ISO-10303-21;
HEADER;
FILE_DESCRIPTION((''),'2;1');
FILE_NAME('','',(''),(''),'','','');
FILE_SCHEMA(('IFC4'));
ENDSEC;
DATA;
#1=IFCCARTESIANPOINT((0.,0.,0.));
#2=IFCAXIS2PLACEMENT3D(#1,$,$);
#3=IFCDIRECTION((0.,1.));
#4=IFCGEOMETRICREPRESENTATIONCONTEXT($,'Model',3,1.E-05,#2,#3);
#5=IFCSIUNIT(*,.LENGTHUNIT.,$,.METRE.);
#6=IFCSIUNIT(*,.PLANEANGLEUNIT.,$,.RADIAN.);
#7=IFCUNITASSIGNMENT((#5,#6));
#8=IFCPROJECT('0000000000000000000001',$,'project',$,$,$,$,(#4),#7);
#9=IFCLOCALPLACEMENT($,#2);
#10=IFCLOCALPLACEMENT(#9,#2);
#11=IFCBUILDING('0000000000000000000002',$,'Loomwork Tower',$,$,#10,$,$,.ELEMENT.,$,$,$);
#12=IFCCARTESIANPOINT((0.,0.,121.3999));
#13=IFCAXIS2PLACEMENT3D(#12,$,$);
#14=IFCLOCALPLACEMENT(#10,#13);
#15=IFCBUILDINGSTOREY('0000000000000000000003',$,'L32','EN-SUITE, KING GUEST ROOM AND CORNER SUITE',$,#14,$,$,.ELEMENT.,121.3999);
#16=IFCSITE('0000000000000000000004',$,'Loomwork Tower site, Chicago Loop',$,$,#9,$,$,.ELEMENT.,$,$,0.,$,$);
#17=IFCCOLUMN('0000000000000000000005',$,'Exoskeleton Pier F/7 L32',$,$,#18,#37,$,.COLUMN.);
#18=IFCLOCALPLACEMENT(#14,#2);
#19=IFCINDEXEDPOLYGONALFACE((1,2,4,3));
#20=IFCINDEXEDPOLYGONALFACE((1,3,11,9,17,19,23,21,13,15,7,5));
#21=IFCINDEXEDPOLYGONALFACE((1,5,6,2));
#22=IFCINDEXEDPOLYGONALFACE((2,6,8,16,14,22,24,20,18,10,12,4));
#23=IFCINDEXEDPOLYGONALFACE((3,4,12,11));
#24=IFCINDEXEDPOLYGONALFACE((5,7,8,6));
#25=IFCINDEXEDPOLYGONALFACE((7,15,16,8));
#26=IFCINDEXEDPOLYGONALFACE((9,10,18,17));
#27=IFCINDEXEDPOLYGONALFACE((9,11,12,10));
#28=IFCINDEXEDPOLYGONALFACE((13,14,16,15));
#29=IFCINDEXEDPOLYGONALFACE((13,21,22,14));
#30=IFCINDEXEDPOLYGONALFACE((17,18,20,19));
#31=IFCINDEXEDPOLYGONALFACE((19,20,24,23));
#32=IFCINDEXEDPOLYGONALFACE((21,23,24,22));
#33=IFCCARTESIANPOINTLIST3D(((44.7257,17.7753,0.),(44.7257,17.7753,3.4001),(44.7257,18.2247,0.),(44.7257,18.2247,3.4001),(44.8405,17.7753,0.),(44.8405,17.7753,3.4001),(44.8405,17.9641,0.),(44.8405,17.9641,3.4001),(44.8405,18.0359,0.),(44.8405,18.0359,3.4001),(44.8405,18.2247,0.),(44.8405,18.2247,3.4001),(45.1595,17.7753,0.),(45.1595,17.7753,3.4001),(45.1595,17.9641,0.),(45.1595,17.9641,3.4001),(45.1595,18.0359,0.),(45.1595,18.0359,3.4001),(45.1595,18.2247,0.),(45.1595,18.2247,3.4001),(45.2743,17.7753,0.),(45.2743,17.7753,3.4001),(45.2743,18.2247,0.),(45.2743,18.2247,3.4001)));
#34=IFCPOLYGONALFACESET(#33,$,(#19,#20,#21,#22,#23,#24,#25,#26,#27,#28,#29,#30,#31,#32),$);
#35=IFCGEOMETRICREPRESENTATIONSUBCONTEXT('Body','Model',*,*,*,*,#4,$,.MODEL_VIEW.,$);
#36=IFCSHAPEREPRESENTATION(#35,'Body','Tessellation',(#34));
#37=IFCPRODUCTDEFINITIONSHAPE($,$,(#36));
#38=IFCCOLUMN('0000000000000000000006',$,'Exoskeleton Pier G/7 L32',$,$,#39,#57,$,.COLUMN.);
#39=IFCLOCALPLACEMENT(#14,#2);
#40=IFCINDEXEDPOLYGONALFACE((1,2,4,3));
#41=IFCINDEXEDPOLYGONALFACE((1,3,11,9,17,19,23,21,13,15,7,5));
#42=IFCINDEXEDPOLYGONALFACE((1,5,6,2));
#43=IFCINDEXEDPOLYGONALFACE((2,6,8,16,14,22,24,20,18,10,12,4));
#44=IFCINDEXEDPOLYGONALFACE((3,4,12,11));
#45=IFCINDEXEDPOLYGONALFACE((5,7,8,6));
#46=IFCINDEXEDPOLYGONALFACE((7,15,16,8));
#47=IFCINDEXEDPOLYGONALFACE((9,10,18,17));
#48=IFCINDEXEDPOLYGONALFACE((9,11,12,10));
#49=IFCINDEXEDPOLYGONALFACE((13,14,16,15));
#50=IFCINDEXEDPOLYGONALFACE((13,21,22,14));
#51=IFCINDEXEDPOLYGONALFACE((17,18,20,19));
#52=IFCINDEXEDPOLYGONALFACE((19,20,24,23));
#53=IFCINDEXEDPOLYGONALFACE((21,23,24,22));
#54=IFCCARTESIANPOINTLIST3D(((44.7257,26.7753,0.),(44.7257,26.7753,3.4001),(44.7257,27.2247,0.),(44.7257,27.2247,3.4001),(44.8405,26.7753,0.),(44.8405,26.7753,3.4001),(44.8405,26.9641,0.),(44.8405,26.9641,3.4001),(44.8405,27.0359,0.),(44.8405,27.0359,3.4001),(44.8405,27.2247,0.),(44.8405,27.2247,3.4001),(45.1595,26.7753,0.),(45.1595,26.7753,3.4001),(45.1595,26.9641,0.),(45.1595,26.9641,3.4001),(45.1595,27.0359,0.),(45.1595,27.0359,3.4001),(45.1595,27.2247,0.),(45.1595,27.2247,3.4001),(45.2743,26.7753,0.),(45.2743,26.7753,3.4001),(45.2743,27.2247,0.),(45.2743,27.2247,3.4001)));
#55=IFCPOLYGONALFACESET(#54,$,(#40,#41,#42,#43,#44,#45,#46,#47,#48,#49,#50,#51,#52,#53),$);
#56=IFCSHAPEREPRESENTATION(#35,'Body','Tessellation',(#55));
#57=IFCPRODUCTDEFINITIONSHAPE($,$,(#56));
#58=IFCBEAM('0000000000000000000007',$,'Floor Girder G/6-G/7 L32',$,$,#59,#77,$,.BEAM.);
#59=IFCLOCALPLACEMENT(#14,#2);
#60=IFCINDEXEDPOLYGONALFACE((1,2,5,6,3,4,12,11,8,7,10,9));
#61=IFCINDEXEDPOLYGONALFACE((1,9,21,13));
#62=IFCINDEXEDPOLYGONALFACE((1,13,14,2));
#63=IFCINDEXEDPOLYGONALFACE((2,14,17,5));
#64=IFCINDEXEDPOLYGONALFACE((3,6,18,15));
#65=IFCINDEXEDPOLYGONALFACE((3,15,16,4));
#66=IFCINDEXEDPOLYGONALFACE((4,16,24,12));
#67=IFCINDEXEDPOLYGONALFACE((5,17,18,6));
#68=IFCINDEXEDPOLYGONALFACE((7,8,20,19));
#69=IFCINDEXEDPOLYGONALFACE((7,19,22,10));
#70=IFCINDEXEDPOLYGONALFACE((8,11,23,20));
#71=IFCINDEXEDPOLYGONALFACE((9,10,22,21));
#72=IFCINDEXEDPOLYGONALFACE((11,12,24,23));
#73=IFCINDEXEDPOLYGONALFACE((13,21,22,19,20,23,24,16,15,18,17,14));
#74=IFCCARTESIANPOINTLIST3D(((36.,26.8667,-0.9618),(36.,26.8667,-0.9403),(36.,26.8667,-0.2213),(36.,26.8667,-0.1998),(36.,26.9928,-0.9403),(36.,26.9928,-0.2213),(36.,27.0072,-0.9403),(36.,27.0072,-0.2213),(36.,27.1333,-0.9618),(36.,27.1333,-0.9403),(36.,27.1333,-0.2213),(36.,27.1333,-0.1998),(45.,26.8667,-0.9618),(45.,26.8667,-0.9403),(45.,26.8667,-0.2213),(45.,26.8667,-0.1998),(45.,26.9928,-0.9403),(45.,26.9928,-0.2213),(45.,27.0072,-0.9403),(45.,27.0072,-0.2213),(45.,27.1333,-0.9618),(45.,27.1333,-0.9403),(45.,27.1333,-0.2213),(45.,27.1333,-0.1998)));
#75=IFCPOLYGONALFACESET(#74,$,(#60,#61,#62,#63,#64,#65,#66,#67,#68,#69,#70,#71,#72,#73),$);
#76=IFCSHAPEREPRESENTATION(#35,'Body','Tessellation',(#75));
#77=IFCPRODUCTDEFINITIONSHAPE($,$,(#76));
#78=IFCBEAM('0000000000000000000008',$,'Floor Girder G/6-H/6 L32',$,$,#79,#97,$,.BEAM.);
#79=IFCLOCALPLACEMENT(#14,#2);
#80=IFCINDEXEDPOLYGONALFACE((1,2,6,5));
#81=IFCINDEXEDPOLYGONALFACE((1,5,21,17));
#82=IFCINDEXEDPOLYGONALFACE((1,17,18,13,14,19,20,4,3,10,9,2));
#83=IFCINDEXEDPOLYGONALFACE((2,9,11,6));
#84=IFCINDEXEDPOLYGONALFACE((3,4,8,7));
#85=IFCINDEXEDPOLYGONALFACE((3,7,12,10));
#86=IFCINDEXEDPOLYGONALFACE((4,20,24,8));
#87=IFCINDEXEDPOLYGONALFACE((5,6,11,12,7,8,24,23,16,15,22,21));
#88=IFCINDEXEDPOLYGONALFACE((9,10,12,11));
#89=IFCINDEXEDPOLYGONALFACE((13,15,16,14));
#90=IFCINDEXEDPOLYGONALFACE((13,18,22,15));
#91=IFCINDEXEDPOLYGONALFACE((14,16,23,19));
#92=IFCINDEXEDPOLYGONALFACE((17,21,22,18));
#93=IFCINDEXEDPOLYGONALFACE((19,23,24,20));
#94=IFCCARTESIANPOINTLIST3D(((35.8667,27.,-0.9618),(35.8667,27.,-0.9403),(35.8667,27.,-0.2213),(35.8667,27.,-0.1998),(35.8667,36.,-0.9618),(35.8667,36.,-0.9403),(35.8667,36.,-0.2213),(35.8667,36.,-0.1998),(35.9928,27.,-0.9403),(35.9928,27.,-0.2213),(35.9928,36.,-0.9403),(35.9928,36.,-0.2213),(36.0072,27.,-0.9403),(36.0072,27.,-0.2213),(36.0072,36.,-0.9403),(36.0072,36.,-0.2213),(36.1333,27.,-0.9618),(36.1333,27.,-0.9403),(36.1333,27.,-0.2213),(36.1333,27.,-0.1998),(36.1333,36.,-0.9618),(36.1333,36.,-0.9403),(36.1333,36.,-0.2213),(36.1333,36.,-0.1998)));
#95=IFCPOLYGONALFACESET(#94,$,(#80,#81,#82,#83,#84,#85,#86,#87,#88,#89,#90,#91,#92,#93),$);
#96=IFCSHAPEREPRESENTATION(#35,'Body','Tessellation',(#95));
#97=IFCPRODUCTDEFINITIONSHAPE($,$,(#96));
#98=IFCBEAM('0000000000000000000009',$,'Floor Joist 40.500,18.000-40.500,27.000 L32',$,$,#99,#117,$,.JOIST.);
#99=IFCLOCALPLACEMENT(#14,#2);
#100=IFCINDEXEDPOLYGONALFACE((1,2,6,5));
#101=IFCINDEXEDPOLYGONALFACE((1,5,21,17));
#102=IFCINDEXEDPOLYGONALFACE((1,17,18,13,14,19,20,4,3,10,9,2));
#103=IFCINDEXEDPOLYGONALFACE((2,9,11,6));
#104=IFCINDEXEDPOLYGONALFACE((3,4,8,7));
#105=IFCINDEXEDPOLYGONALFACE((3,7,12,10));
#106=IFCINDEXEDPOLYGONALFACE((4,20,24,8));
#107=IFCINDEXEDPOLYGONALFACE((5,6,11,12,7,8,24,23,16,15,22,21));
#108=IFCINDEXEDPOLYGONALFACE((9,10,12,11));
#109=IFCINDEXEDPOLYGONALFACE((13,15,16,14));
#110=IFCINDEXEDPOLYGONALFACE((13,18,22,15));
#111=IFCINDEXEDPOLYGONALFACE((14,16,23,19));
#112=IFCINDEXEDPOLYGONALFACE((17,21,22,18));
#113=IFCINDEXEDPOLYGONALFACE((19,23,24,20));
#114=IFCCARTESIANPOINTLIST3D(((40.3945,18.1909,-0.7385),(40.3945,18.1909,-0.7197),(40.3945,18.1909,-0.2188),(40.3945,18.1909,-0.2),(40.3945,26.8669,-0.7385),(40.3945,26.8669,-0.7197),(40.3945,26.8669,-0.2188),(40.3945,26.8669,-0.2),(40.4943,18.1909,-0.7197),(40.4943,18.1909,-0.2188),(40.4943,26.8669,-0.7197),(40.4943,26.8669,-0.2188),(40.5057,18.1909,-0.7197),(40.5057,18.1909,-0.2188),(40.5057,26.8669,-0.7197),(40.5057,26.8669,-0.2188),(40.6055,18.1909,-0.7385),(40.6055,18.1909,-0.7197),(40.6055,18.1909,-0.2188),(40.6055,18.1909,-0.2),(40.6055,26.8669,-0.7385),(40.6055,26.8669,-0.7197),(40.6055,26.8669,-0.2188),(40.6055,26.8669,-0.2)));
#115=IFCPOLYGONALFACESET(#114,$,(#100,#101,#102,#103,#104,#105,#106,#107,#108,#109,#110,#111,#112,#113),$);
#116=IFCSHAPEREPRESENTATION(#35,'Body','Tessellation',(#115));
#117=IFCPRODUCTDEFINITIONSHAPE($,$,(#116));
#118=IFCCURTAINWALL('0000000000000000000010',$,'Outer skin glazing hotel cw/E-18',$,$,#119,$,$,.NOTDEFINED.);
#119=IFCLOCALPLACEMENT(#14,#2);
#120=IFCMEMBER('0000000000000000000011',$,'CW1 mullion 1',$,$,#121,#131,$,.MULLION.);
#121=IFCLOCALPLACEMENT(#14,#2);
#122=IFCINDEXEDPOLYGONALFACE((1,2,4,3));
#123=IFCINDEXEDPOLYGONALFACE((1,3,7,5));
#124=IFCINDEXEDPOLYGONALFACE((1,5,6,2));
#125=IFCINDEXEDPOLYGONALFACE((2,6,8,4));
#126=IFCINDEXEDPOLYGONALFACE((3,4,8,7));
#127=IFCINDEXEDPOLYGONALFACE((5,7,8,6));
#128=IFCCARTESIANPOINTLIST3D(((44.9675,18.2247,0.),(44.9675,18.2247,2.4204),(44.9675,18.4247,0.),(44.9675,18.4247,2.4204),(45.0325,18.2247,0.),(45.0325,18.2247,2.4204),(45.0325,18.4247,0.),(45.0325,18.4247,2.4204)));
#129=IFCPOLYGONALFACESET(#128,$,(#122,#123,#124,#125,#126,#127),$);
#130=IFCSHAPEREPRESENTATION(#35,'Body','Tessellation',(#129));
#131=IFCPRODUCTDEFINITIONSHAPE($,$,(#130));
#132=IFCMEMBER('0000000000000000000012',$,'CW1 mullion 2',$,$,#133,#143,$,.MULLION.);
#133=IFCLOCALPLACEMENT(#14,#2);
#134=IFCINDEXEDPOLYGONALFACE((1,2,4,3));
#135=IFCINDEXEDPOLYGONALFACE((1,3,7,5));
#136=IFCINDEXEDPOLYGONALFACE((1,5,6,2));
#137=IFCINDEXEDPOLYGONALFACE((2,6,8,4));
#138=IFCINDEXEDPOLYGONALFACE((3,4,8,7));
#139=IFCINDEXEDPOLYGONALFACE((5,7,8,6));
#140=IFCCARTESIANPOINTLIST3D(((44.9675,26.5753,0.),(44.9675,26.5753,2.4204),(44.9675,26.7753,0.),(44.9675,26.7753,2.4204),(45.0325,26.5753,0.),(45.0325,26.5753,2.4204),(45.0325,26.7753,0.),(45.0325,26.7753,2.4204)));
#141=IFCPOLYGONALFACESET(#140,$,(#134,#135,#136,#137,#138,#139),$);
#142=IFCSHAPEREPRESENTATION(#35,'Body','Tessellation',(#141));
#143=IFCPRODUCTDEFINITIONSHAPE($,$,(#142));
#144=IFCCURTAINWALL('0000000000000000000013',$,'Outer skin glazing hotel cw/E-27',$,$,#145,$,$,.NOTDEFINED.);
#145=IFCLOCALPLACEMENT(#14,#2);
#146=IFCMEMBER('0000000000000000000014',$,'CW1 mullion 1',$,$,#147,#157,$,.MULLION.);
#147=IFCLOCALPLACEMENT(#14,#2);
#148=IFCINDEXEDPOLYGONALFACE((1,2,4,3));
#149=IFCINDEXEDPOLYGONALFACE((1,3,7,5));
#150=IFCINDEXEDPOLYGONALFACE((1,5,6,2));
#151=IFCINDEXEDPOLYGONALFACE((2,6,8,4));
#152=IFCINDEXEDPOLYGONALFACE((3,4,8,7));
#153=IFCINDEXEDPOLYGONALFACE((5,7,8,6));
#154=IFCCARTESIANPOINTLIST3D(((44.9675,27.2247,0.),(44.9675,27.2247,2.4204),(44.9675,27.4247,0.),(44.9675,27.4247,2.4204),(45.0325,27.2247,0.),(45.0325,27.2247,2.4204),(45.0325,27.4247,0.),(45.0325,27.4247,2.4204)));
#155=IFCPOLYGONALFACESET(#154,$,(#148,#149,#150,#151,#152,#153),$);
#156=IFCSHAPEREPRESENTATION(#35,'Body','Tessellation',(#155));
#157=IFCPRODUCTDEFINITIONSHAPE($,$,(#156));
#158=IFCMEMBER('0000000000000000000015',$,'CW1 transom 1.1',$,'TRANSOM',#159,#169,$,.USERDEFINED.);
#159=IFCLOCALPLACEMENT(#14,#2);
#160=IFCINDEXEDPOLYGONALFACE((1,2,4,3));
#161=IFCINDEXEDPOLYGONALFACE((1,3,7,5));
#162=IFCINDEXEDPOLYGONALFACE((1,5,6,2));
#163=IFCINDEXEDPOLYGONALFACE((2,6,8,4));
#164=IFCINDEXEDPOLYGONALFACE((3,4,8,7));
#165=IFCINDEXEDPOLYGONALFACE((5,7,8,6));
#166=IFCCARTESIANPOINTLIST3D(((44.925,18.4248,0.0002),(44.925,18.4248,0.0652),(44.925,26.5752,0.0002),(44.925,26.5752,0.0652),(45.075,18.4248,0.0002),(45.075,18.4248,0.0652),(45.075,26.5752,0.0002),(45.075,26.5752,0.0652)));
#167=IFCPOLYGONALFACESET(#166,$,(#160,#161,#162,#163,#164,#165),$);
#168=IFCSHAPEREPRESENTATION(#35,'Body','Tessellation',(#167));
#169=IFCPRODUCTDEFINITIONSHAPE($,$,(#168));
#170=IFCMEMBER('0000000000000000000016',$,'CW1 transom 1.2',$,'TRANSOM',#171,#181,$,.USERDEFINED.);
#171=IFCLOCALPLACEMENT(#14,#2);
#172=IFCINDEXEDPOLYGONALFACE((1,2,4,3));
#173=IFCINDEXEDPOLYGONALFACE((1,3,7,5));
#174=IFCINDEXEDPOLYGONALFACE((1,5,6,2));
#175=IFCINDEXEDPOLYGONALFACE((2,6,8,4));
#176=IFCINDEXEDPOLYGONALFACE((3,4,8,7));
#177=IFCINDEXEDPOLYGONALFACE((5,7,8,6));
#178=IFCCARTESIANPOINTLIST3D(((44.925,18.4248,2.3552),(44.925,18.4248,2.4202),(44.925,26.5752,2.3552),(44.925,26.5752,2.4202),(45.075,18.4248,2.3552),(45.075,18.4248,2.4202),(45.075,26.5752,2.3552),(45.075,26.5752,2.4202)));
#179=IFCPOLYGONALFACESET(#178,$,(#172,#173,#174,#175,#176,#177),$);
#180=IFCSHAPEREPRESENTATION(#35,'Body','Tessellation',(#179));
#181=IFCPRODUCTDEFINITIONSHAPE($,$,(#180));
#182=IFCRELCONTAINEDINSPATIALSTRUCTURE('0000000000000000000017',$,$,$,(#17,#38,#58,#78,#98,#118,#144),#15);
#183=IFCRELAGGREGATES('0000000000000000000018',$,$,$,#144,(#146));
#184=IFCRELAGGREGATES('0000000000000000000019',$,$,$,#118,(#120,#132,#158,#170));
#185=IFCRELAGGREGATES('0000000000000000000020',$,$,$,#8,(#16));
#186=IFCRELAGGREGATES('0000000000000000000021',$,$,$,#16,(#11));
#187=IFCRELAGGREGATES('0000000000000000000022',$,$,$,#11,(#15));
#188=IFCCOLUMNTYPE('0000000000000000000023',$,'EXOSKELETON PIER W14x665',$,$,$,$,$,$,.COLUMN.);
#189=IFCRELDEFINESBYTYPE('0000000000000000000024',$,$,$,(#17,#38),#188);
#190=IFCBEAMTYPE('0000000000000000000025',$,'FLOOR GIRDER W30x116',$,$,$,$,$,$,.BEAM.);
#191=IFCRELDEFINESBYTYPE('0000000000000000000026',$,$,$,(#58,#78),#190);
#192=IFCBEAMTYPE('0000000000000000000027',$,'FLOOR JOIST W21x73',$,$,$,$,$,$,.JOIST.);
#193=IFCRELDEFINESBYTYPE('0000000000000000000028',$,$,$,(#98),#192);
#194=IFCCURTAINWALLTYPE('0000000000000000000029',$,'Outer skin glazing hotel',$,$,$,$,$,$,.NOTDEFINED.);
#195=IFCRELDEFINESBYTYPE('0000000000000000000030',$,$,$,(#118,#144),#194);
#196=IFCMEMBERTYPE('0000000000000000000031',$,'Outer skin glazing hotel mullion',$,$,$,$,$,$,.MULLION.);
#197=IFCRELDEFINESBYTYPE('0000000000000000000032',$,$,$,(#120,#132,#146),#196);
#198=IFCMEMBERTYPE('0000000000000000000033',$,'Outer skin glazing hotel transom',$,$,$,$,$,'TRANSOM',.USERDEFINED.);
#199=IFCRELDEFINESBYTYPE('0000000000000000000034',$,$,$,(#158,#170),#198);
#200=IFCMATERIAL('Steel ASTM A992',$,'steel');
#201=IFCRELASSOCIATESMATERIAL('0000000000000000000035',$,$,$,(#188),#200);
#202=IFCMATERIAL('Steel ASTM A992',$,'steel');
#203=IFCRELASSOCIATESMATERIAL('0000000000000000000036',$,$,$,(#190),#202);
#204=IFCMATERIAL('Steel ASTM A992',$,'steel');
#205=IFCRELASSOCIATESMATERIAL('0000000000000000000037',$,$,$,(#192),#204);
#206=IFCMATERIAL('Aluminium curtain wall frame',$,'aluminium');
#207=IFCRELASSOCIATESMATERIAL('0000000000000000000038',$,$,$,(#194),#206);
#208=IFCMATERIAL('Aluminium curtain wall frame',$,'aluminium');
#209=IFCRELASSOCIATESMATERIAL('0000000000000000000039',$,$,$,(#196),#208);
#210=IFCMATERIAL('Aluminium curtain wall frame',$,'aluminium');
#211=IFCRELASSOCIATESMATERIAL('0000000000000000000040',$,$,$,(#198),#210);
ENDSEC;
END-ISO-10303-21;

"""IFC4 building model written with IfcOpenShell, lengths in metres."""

from ifc_helpers import new_model, si_unit, direction, frame, origin, origin_2d, place, context, subcontext, project, spatial, rectangle, i_section, extrude, material, material_profile, profile_set, type_object, element, aggregate, save


model = new_model("IFC4")

# Units and contexts
model_context = context("Model", 3, precision=1e-05, world=origin(), true_north=direction((0.0, 1.0)))
body_context = subcontext(model_context, "Body", "Model", "MODEL_VIEW")
ifc_project = project(units=[si_unit("LENGTHUNIT", "METRE"), si_unit("PLANEANGLEUNIT", "RADIAN")], contexts=[model_context])

# Site, building, storey
site_placement = place(None, origin())
site = spatial("IfcSite", under=ifc_project, at=site_placement, Name="Loomwork Tower site, Chicago Loop", CompositionType="ELEMENT", RefElevation=0.0)
building_placement = place(site_placement, origin())
building = spatial("IfcBuilding", under=site, at=building_placement, Name="Loomwork Tower", CompositionType="ELEMENT")
storey_placement = place(building_placement, frame((0.0, 0.0, 121.3999)))
storey = spatial("IfcBuildingStorey", under=building, at=storey_placement, Name="L32", Description="EN-SUITE, KING GUEST ROOM AND CORNER SUITE", CompositionType="ELEMENT", Elevation=121.3999)

# Columns
ifc_material_1 = material(Name="Steel ASTM A992", Category="steel")
ifc_material_profile_1 = material_profile(ifc_material_1, i_section(OverallWidth=0.4495, OverallDepth=0.5486, WebThickness=0.0718, FlangeThickness=0.1147, at=origin_2d()), Name="W14x665")
ifc_profile_set_1 = profile_set([ifc_material_profile_1], Name="Steel ASTM A992")
column_type = type_object("IfcColumnType", Name="EXOSKELETON PIER W14x665", PredefinedType="COLUMN", material=ifc_profile_set_1)
for number, where, z_axis, x_axis, name in (
    (1, (45.0, 18.0, 0.0), (0.0, 0.0, 1.0), (0.0, 1.0, 0.0), "Exoskeleton Pier F/7 L32"),
    (2, (45.0, 27.0, 0.0), (0.0, 0.0, 1.0), (0.0, 1.0, 0.0), "Exoskeleton Pier G/7 L32"),
):
    element("IfcColumn", number, at=place(storey_placement, frame(where, z_axis=z_axis, x_axis=x_axis)), inside=storey, type_object=column_type, Name=name, PredefinedType="COLUMN", context=body_context, shape_type="SweptSolid", body=[
        extrude(i_section(OverallWidth=0.4495, OverallDepth=0.5486, WebThickness=0.0718, FlangeThickness=0.1147, at=origin_2d()), origin(), (0.0, 0.0, 1.0), 3.4001),
    ])

# Beams
ifc_material_2 = material(Name="Steel ASTM A992", Category="steel")
ifc_material_profile_2 = material_profile(ifc_material_2, i_section(OverallWidth=0.2666, OverallDepth=0.762, WebThickness=0.0144, FlangeThickness=0.0215, at=origin_2d()), Name="W30x116")
ifc_profile_set_2 = profile_set([ifc_material_profile_2], Name="Steel ASTM A992")
beam_type_1 = type_object("IfcBeamType", Name="FLOOR GIRDER W30x116", PredefinedType="BEAM", material=ifc_profile_set_2)
for number, where, z_axis, x_axis, name in (
    (3, (36.0, 27.0, -0.5808), (1.0, 0.0, 0.0), (0.0, 1.0, 0.0), "Floor Girder G/6-G/7 L32"),
    (4, (36.0, 27.0, -0.5808), (0.0, 1.0, 0.0), (-1.0, 0.0, 0.0), "Floor Girder G/6-H/6 L32"),
):
    element("IfcBeam", number, at=place(storey_placement, frame(where, z_axis=z_axis, x_axis=x_axis)), inside=storey, type_object=beam_type_1, Name=name, PredefinedType="BEAM", context=body_context, shape_type="SweptSolid", body=[
        extrude(i_section(OverallWidth=0.2666, OverallDepth=0.762, WebThickness=0.0144, FlangeThickness=0.0215, at=origin_2d()), origin(), (0.0, 0.0, 1.0), 9.0),
    ])
ifc_material_3 = material(Name="Steel ASTM A992", Category="steel")
ifc_material_profile_3 = material_profile(ifc_material_3, i_section(OverallWidth=0.2109, OverallDepth=0.5386, WebThickness=0.0115, FlangeThickness=0.0188, at=origin_2d()), Name="W21x73")
ifc_profile_set_3 = profile_set([ifc_material_profile_3], Name="Steel ASTM A992")
beam_type_2 = type_object("IfcBeamType", Name="FLOOR JOIST W21x73", PredefinedType="JOIST", material=ifc_profile_set_3)
beam_placement = place(storey_placement, frame((40.5, 18.1909, -0.4692), z_axis=(0.0, 1.0, 0.0), x_axis=(-1.0, 0.0, 0.0)))
element("IfcBeam", 5, at=beam_placement, inside=storey, type_object=beam_type_2, Name="Floor Joist 40.500,18.000-40.500,27.000 L32", PredefinedType="JOIST", context=body_context, shape_type="SweptSolid", body=[
    extrude(i_section(OverallWidth=0.2109, OverallDepth=0.5386, WebThickness=0.0115, FlangeThickness=0.0188, at=origin_2d()), origin(), (0.0, 0.0, 1.0), 8.676),
])

# Curtain wall, members
ifc_material_4 = material(Name="Aluminium curtain wall frame", Category="aluminium")
curtain_wall_type = type_object("IfcCurtainWallType", Name="Outer skin glazing hotel", PredefinedType="NOTDEFINED", material=ifc_material_4)
curtain_wall_1_placement = place(storey_placement, origin())
curtain_wall_1 = element("IfcCurtainWall", 6, at=curtain_wall_1_placement, inside=storey, type_object=curtain_wall_type, Name="Outer skin glazing hotel cw/E-18", PredefinedType="NOTDEFINED")
ifc_material_5 = material(Name="Aluminium curtain wall frame", Category="aluminium")
ifc_material_profile_4 = material_profile(ifc_material_5, rectangle(XDim=0.0649, YDim=0.2, at=origin_2d()), Name="AL 65x200")
ifc_profile_set_4 = profile_set([ifc_material_profile_4], Name="Aluminium curtain wall frame")
member_type_1 = type_object("IfcMemberType", Name="Outer skin glazing hotel mullion", PredefinedType="MULLION", material=ifc_profile_set_4)
member_1_placement = place(storey_placement, frame((45.0, 18.3247, 0.0), z_axis=(0.0, 0.0, 1.0), x_axis=(-1.0, 0.0, 0.0)))
member_1 = element("IfcMember", 7, at=member_1_placement, type_object=member_type_1, Name="CW1 mullion 1", PredefinedType="MULLION", context=body_context, shape_type="SweptSolid", body=[
    extrude(rectangle(XDim=0.0649, YDim=0.2, at=origin_2d()), origin(), (0.0, 0.0, 1.0), 2.4204),
])
member_2_placement = place(storey_placement, frame((45.0, 26.6753, 0.0), z_axis=(0.0, 0.0, 1.0), x_axis=(-1.0, 0.0, 0.0)))
member_2 = element("IfcMember", 8, at=member_2_placement, type_object=member_type_1, Name="CW1 mullion 2", PredefinedType="MULLION", context=body_context, shape_type="SweptSolid", body=[
    extrude(rectangle(XDim=0.0649, YDim=0.2, at=origin_2d()), origin(), (0.0, 0.0, 1.0), 2.4204),
])

# Curtain wall, member
curtain_wall_2_placement = place(storey_placement, origin())
curtain_wall_2 = element("IfcCurtainWall", 9, at=curtain_wall_2_placement, inside=storey, type_object=curtain_wall_type, Name="Outer skin glazing hotel cw/E-27", PredefinedType="NOTDEFINED")
member_3_placement = place(storey_placement, frame((45.0, 27.3247, 0.0), z_axis=(0.0, 0.0, 1.0), x_axis=(-1.0, 0.0, 0.0)))
member_3 = element("IfcMember", 10, at=member_3_placement, type_object=member_type_1, Name="CW1 mullion 1", PredefinedType="MULLION", context=body_context, shape_type="SweptSolid", body=[
    extrude(rectangle(XDim=0.0649, YDim=0.2, at=origin_2d()), origin(), (0.0, 0.0, 1.0), 2.4204),
])
aggregate(curtain_wall_2, [member_3])

# Members
ifc_material_6 = material(Name="Aluminium curtain wall frame", Category="aluminium")
ifc_material_profile_5 = material_profile(ifc_material_6, rectangle(XDim=0.1499, YDim=0.0649, at=origin_2d()), Name="AL 65x150")
ifc_profile_set_5 = profile_set([ifc_material_profile_5], Name="Aluminium curtain wall frame")
member_type_2 = type_object("IfcMemberType", Name="Outer skin glazing hotel transom", ElementType="TRANSOM", PredefinedType="USERDEFINED", material=ifc_profile_set_5)
member_4_placement = place(storey_placement, frame((45.0, 18.4248, 0.0327), z_axis=(0.0, 1.0, 0.0), x_axis=(-1.0, 0.0, 0.0)))
member_4 = element("IfcMember", 11, at=member_4_placement, type_object=member_type_2, Name="CW1 transom 1.1", ObjectType="TRANSOM", PredefinedType="USERDEFINED", context=body_context, shape_type="SweptSolid", body=[
    extrude(rectangle(XDim=0.1499, YDim=0.0649, at=origin_2d()), origin(), (0.0, 0.0, 1.0), 8.1504),
])
member_5_placement = place(storey_placement, frame((45.0, 18.4248, 2.3877), z_axis=(0.0, 1.0, 0.0), x_axis=(-1.0, 0.0, 0.0)))
member_5 = element("IfcMember", 12, at=member_5_placement, type_object=member_type_2, Name="CW1 transom 1.2", ObjectType="TRANSOM", PredefinedType="USERDEFINED", context=body_context, shape_type="SweptSolid", body=[
    extrude(rectangle(XDim=0.1499, YDim=0.0649, at=origin_2d()), origin(), (0.0, 0.0, 1.0), 8.1504),
])

aggregate(curtain_wall_1, [member_1, member_2, member_4, member_5])

save(model, "model.ifc")
